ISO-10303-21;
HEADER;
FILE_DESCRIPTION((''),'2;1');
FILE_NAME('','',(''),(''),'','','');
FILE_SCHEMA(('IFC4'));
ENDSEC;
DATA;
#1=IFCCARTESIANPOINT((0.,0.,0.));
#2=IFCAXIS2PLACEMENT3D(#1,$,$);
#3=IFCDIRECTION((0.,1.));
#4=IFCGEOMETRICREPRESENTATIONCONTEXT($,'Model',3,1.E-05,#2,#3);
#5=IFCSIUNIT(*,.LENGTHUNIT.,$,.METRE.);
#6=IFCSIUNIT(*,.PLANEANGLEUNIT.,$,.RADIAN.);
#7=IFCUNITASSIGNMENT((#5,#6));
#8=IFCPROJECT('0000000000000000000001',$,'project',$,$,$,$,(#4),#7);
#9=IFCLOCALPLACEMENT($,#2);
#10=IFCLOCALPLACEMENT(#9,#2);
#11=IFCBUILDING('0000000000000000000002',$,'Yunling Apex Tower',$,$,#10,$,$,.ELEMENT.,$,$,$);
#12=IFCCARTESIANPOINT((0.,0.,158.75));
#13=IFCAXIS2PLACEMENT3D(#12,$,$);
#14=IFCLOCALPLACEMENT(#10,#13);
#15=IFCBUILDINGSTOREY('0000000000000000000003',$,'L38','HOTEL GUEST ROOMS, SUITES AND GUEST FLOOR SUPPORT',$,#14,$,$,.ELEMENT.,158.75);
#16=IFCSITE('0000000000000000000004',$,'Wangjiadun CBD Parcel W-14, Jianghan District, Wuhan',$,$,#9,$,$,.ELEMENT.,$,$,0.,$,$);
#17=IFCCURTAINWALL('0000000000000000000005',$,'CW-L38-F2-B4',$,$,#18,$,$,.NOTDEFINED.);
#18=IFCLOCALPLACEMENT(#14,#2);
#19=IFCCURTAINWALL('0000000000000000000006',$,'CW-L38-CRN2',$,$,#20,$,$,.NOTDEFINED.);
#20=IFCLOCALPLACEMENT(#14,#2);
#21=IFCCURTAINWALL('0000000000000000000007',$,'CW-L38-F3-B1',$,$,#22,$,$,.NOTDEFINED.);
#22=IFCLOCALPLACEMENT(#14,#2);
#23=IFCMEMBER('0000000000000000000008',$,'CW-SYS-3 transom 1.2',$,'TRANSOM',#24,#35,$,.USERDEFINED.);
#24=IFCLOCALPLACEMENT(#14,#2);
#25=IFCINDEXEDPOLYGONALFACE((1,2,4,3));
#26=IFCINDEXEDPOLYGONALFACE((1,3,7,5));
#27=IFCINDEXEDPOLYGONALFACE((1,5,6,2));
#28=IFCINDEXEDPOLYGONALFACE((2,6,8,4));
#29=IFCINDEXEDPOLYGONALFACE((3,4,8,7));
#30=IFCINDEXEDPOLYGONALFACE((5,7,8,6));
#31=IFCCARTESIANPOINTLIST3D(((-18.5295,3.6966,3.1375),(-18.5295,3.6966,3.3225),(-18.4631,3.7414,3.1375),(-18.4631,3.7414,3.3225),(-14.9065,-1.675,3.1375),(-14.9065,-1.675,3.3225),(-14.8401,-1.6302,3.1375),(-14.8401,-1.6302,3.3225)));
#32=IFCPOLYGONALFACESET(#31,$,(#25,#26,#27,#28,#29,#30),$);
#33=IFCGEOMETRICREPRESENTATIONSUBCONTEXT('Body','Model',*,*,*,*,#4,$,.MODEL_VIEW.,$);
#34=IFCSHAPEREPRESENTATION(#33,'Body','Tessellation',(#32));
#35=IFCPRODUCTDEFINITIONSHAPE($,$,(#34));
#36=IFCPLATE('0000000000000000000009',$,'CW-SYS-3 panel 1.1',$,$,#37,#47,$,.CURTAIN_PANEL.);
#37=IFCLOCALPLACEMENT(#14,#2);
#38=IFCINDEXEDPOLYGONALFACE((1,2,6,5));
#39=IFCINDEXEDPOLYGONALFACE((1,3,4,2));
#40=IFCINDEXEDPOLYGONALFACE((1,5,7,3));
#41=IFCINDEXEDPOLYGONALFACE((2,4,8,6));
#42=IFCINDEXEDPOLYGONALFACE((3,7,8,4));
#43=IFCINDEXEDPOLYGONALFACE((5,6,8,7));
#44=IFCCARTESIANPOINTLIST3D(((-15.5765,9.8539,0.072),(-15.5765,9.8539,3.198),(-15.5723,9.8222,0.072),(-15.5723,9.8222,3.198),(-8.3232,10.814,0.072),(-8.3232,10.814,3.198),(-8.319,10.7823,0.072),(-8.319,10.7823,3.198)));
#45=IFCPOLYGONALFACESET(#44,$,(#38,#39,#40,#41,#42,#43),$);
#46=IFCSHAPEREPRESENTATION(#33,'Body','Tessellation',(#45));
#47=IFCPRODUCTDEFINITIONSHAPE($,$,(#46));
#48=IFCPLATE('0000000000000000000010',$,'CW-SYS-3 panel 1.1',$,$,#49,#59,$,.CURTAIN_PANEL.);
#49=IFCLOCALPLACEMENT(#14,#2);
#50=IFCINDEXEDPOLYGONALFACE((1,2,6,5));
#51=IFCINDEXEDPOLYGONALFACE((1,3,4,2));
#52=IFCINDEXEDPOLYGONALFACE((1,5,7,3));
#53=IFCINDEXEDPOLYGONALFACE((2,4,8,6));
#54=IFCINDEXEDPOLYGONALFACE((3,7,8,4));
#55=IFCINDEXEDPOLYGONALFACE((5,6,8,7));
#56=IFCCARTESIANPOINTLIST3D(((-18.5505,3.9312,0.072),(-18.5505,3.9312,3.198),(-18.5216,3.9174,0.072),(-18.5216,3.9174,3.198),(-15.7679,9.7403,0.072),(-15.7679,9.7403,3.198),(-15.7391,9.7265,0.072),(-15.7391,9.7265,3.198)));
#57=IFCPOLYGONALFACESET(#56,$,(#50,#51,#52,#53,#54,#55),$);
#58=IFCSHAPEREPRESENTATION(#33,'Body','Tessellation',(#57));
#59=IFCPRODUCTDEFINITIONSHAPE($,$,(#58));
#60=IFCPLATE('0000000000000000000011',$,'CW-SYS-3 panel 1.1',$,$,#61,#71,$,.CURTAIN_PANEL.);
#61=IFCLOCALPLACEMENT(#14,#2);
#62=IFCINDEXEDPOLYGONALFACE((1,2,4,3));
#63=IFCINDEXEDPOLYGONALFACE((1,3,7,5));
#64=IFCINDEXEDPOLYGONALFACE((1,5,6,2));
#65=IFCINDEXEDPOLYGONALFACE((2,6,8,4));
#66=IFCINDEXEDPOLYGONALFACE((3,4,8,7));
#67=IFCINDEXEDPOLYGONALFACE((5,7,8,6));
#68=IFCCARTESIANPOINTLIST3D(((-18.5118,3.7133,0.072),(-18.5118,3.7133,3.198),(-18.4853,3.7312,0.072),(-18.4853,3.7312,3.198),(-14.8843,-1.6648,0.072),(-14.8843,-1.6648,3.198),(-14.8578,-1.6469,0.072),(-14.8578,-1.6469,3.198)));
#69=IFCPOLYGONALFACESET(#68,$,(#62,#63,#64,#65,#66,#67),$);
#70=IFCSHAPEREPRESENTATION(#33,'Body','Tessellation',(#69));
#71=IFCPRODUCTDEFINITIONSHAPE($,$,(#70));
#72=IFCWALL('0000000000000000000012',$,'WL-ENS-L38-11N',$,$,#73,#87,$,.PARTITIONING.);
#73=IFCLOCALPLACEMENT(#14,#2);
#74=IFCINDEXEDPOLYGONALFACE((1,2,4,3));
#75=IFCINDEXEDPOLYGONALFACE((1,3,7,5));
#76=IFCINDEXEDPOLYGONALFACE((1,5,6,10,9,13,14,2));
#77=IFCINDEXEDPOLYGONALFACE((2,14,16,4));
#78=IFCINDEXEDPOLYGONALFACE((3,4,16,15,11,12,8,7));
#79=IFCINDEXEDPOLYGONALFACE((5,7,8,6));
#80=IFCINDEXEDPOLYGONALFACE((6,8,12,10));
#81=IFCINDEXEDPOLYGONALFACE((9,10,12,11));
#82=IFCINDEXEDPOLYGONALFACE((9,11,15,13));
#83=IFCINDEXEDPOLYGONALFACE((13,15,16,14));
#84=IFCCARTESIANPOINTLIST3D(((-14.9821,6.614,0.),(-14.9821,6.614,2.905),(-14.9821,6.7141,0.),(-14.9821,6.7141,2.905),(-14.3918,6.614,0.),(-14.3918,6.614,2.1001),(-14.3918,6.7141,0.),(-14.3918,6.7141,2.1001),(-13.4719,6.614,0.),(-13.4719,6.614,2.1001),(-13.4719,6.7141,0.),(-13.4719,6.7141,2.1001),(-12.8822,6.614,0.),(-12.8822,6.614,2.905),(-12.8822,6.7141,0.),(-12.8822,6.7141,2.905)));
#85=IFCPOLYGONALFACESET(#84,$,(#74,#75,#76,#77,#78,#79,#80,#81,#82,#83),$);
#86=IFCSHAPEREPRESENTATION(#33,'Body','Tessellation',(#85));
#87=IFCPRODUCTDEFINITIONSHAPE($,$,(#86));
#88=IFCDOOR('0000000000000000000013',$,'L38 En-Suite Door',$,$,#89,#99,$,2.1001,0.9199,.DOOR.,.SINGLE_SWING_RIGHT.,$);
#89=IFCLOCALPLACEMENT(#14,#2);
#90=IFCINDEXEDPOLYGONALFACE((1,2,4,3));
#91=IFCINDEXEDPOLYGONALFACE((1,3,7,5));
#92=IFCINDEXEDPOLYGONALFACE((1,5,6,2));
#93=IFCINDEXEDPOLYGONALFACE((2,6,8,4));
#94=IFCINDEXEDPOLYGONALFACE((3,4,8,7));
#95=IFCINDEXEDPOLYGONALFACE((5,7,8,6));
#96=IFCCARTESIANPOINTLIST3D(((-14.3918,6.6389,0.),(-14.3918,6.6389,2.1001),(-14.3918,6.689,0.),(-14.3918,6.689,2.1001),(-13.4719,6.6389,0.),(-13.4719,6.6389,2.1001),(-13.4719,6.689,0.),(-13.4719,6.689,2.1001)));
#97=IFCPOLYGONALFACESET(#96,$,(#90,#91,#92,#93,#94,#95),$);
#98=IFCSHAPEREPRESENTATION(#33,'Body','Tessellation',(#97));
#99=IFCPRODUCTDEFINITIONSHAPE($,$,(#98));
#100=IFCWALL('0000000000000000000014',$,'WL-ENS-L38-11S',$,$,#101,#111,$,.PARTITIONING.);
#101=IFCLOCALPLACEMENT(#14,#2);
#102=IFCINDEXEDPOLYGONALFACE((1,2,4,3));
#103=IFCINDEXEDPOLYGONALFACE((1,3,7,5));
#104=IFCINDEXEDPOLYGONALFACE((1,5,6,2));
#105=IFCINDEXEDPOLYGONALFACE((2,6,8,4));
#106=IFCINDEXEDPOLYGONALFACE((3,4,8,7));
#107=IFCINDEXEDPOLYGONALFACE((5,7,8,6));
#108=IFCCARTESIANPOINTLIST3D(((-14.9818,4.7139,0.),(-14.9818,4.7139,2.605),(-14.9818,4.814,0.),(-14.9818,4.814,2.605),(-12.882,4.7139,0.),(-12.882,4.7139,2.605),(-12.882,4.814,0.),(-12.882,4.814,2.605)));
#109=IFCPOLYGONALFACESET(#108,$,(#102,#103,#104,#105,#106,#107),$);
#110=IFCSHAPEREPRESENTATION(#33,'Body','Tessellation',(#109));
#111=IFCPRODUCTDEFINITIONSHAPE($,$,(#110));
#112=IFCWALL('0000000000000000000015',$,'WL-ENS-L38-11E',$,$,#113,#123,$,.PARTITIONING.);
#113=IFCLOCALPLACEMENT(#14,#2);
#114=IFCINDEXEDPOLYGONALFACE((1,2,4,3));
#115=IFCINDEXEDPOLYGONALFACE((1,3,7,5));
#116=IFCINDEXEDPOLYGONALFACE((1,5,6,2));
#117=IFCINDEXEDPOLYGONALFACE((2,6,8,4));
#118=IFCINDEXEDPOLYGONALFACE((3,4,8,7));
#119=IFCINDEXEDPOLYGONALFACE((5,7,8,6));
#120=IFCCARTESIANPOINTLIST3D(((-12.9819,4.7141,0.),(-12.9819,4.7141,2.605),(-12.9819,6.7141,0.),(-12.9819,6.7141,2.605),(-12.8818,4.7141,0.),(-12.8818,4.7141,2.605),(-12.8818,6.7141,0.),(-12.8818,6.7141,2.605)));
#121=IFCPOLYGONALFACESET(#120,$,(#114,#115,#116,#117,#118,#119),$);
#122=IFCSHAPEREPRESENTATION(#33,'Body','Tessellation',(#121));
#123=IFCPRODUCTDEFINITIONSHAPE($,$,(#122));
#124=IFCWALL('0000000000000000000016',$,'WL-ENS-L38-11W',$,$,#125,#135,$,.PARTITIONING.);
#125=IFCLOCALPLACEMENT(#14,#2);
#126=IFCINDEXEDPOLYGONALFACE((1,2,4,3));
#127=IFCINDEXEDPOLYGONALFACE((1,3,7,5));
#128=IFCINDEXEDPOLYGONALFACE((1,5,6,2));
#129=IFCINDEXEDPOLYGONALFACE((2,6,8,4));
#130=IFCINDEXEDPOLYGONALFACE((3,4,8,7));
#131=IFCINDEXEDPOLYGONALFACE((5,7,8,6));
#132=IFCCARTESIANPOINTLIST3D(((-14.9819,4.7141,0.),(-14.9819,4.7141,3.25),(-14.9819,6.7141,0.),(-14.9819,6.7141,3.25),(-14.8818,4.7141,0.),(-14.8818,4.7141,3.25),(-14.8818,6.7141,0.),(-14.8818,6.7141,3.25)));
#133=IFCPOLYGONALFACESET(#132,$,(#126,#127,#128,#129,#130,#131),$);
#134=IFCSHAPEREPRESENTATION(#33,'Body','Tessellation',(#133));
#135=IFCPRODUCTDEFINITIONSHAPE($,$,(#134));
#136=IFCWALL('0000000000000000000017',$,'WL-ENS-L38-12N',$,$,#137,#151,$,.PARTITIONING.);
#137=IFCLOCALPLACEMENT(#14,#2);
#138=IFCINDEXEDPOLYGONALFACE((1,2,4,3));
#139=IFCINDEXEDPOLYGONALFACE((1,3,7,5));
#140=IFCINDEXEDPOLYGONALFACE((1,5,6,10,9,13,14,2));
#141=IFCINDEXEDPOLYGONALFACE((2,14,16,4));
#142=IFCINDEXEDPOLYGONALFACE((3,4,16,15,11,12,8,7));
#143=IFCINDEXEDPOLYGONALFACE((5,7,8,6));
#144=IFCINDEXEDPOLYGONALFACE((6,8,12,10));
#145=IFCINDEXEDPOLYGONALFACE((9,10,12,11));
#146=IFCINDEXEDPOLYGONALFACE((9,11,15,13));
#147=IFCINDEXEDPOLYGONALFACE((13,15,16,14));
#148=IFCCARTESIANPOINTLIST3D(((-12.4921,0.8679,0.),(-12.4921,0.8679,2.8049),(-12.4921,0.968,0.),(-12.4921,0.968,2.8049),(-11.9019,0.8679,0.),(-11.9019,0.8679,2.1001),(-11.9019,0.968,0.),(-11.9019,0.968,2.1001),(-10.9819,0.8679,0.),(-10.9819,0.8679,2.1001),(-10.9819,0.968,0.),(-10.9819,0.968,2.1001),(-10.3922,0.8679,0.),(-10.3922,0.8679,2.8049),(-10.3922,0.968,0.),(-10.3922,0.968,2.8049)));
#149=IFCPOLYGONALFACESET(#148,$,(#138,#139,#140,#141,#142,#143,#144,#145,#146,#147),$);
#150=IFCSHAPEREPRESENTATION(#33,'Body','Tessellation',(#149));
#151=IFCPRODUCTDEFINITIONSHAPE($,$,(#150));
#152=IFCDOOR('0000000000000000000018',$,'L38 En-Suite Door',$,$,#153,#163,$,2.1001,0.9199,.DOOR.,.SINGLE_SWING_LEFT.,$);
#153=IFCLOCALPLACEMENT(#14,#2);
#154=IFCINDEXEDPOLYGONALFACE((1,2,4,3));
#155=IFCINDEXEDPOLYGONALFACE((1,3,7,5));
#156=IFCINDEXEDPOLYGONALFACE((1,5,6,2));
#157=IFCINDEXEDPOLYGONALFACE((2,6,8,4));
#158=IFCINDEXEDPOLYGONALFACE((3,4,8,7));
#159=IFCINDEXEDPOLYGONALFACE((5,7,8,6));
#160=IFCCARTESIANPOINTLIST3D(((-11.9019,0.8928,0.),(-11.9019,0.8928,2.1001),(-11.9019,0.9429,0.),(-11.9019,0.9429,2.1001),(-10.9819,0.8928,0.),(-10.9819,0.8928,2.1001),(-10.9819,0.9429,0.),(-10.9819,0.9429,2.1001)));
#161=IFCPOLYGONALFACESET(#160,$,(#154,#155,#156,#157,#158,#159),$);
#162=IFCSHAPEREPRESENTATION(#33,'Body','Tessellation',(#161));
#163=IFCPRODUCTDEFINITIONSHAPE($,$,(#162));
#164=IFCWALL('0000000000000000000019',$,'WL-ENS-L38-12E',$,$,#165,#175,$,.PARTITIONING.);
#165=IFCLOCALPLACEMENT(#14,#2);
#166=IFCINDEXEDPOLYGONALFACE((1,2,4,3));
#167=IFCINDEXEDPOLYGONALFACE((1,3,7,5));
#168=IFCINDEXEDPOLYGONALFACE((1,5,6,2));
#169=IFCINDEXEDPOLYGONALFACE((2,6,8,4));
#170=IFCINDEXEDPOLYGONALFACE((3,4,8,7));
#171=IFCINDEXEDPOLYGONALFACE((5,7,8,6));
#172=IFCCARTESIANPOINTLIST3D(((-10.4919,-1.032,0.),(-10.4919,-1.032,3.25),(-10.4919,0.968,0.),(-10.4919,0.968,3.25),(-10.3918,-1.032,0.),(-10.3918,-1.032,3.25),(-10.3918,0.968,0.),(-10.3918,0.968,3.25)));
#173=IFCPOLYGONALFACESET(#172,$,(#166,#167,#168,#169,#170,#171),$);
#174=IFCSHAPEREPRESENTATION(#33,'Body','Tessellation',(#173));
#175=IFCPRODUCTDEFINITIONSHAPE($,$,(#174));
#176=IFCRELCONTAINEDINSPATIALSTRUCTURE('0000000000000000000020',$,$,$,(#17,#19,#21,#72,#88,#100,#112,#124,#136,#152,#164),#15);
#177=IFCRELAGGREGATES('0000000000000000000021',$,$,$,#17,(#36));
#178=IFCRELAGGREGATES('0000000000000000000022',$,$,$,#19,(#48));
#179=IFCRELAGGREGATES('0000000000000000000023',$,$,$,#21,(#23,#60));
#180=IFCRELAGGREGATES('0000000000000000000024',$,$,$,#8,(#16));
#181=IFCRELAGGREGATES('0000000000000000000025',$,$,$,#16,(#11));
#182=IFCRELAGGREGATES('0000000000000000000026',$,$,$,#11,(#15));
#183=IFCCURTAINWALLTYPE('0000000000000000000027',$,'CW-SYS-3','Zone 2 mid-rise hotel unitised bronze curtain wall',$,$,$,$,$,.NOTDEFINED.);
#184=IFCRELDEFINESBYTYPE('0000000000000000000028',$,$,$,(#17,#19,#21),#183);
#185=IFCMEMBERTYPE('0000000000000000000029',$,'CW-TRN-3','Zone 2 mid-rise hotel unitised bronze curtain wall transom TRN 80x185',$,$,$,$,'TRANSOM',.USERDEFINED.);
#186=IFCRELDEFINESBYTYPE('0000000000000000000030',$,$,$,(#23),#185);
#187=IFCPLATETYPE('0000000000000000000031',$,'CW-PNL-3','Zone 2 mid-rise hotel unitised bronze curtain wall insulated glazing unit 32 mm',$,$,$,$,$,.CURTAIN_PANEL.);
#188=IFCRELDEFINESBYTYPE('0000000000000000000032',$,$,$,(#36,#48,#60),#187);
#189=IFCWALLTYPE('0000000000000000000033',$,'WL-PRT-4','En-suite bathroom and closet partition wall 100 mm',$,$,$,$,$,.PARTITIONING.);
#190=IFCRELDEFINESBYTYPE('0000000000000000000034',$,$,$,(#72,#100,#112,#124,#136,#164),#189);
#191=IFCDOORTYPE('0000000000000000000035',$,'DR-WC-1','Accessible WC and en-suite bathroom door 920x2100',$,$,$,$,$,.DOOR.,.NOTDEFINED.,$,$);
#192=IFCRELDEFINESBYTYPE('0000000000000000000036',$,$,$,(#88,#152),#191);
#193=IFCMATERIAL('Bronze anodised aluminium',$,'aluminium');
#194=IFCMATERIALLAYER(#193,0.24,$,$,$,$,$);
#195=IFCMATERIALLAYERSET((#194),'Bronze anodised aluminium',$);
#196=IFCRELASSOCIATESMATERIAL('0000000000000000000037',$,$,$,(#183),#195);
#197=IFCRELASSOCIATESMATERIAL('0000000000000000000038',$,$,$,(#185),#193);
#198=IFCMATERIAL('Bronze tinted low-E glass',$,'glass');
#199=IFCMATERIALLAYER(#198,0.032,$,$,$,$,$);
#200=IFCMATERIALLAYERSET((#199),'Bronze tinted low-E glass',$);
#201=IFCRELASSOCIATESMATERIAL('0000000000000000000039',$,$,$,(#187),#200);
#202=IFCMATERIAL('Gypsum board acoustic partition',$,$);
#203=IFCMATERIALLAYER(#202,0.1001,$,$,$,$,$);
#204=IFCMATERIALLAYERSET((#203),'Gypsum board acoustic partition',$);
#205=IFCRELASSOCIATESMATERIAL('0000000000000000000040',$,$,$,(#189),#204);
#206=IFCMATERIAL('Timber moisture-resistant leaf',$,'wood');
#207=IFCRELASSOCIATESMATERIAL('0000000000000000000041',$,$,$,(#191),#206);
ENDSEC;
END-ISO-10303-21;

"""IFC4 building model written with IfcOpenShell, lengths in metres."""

from ifc_helpers import new_model, si_unit, direction, frame, frame_2d, origin, origin_2d, place, context, subcontext, project, spatial, rectangle, extrude, source, transform, mapped, material, layer, layer_set, material_profile, profile_set, type_object, element, fill, aggregate, save


model = new_model("IFC4")

# Units and contexts
model_context = context("Model", 3, precision=1e-05, world=origin(), true_north=direction((0.0, 1.0)))
body_context = subcontext(model_context, "Body", "Model", "MODEL_VIEW")
ifc_project = project(units=[si_unit("LENGTHUNIT", "METRE"), si_unit("PLANEANGLEUNIT", "RADIAN")], contexts=[model_context])

# Site, building, storey
site_placement = place(None, origin())
site = spatial("IfcSite", under=ifc_project, at=site_placement, Name="Wangjiadun CBD Parcel W-14, Jianghan District, Wuhan", CompositionType="ELEMENT", RefElevation=0.0)
building_placement = place(site_placement, origin())
building = spatial("IfcBuilding", under=site, at=building_placement, Name="Yunling Apex Tower", CompositionType="ELEMENT")
storey_placement = place(building_placement, frame((0.0, 0.0, 158.75)))
storey = spatial("IfcBuildingStorey", under=building, at=storey_placement, Name="L38", Description="HOTEL GUEST ROOMS, SUITES AND GUEST FLOOR SUPPORT", CompositionType="ELEMENT", Elevation=158.75)

# Curtain walls
ifc_material_1 = material(Name="Bronze anodised aluminium", Category="aluminium")
ifc_layer_1 = layer(ifc_material_1, 0.24)
ifc_layer_set_1 = layer_set([ifc_layer_1], Name="Bronze anodised aluminium")
curtain_wall_type = type_object("IfcCurtainWallType", Name="CW-SYS-3", Description="Zone 2 mid-rise hotel unitised bronze curtain wall", PredefinedType="NOTDEFINED", material=ifc_layer_set_1)
curtain_wall_1_placement = place(storey_placement, origin())
curtain_wall_1 = element("IfcCurtainWall", 1, at=curtain_wall_1_placement, inside=storey, type_object=curtain_wall_type, Name="CW-L38-F2-B4", PredefinedType="NOTDEFINED")
curtain_wall_2_placement = place(storey_placement, origin())
curtain_wall_2 = element("IfcCurtainWall", 2, at=curtain_wall_2_placement, inside=storey, type_object=curtain_wall_type, Name="CW-L38-CRN2", PredefinedType="NOTDEFINED")

# Curtain wall
curtain_wall_3_placement = place(storey_placement, origin())
curtain_wall_3 = element("IfcCurtainWall", 3, at=curtain_wall_3_placement, inside=storey, type_object=curtain_wall_type, Name="CW-L38-F3-B1", PredefinedType="NOTDEFINED")

# Member
ifc_material_profile_1 = material_profile(ifc_material_1, rectangle(XDim=0.0801, YDim=0.1851, at=origin_2d()))
ifc_profile_set_1 = profile_set([ifc_material_profile_1], Name="Bronze anodised aluminium")
member_type_1 = type_object("IfcMemberType", Name="CW-TRN-3", Description="Zone 2 mid-rise hotel unitised bronze curtain wall transom TRN 80x185", ElementType="TRANSOM", PredefinedType="USERDEFINED", material=ifc_profile_set_1)
shared_shape_1 = source(origin(), body_context, "Body", "SweptSolid", [
    extrude(rectangle(XDim=0.0801, YDim=0.1851, at=origin_2d()), origin(), (0.0, 0.0, 1.0), 6.4792),
])
member_1_placement = place(storey_placement, frame((-18.4963, 3.719, 3.23), z_axis=(0.559179, -0.829047, 0.0), x_axis=(0.829047, 0.559179, 0.0)))
member_1 = element("IfcMember", 4, at=member_1_placement, type_object=member_type_1, Name="CW-SYS-3 transom 1.2", ObjectType="TRANSOM", PredefinedType="USERDEFINED", context=body_context, shape_type="MappedRepresentation", body=[
    mapped(shared_shape_1, transform((0.0, 0.0, 0.0), scale=1.0)),
])

# Plates
ifc_material_2 = material(Name="Bronze tinted low-E glass", Category="glass")
ifc_layer_2 = layer(ifc_material_2, 0.032)
ifc_layer_set_2 = layer_set([ifc_layer_2], Name="Bronze tinted low-E glass")
plate_type = type_object("IfcPlateType", Name="CW-PNL-3", Description="Zone 2 mid-rise hotel unitised bronze curtain wall insulated glazing unit 32 mm", PredefinedType="CURTAIN_PANEL", material=ifc_layer_set_2)
shared_shape_2 = source(origin(), body_context, "Body", "SweptSolid", [
    extrude(rectangle(XDim=7.3167, YDim=0.032, at=origin_2d()), origin(), (0.0, 0.0, 1.0), 3.126),
])
plate_1_placement = place(storey_placement, frame((-11.9478, 10.3181, 0.072), z_axis=(0.0, 0.0, 1.0), x_axis=(-0.991353, -0.131222, 0.0)))
plate_1 = element("IfcPlate", 5, at=plate_1_placement, type_object=plate_type, Name="CW-SYS-3 panel 1.1", PredefinedType="CURTAIN_PANEL", context=body_context, shape_type="MappedRepresentation", body=[
    mapped(shared_shape_2, transform((0.0, 0.0, 0.0), scale=1.0)),
])
aggregate(curtain_wall_1, [plate_1])
shared_shape_3 = source(origin(), body_context, "Body", "SweptSolid", [
    extrude(rectangle(XDim=6.4412, YDim=0.032, at=origin_2d()), origin(), (0.0, 0.0, 1.0), 3.126),
])
plate_2_placement = place(storey_placement, frame((-17.1448, 6.8289, 0.072), z_axis=(0.0, 0.0, 1.0), x_axis=(-0.431994, -0.901877, 0.0)))
plate_2 = element("IfcPlate", 6, at=plate_2_placement, type_object=plate_type, Name="CW-SYS-3 panel 1.1", PredefinedType="CURTAIN_PANEL", context=body_context, shape_type="MappedRepresentation", body=[
    mapped(shared_shape_3, transform((0.0, 0.0, 0.0), scale=1.0)),
])
aggregate(curtain_wall_2, [plate_2])
shared_shape_4 = source(origin(), body_context, "Body", "SweptSolid", [
    extrude(rectangle(XDim=6.4871, YDim=0.032, at=origin_2d()), origin(), (0.0, 0.0, 1.0), 3.126),
])
plate_3_placement = place(storey_placement, frame((-16.6848, 1.0332, 0.072), z_axis=(0.0, 0.0, 1.0), x_axis=(0.559181, -0.829045, 0.0)))
plate_3 = element("IfcPlate", 7, at=plate_3_placement, type_object=plate_type, Name="CW-SYS-3 panel 1.1", PredefinedType="CURTAIN_PANEL", context=body_context, shape_type="MappedRepresentation", body=[
    mapped(shared_shape_4, transform((0.0, 0.0, 0.0), scale=1.0)),
])
aggregate(curtain_wall_3, [member_1, plate_3])

# Wall, opening, door
ifc_material_3 = material(Name="Gypsum board acoustic partition")
ifc_layer_3 = layer(ifc_material_3, 0.1001)
ifc_layer_set_3 = layer_set([ifc_layer_3], Name="Gypsum board acoustic partition")
wall_type = type_object("IfcWallType", Name="WL-PRT-4", Description="En-suite bathroom and closet partition wall 100 mm", PredefinedType="PARTITIONING", material=ifc_layer_set_3)
wall_1_placement = place(storey_placement, frame((-14.9819, 6.6641, 0.0), z_axis=(0.0, 0.0, 1.0), x_axis=(1.0, 0.0, 0.0)))
wall_1 = element("IfcWall", 8, at=wall_1_placement, inside=storey, type_object=wall_type, Name="WL-ENS-L38-11N", PredefinedType="PARTITIONING", context=body_context, shape_type="SweptSolid", body=[
    extrude(rectangle(XDim=2.0999, YDim=0.1001, at=frame_2d((1.0498, 0.0))), origin(), (0.0, 0.0, 1.0), 2.905),
])
opening_1_placement = place(wall_1_placement, frame((0.5901, 0.0, 0.0)))
opening_1 = element("IfcOpeningElement", 9, at=opening_1_placement, cuts=wall_1, PredefinedType="OPENING", context=body_context, shape_type="SweptSolid", body=[
    extrude(rectangle(XDim=0.9199, YDim=2.1001, at=frame_2d((0.46, 1.05))), frame((0.0, 0.0601, 0.0), z_axis=(0.0, -1.0, 0.0), x_axis=(1.0, 0.0, 0.0)), (0.0, 0.0, 1.0), 0.1201),
])
ifc_material_4 = material(Name="Timber moisture-resistant leaf", Category="wood")
door_type = type_object("IfcDoorType", Name="DR-WC-1", Description="Accessible WC and en-suite bathroom door 920x2100", OperationType="NOTDEFINED", PredefinedType="DOOR", material=ifc_material_4)
door_1_placement = place(opening_1_placement, origin())
door_1 = element("IfcDoor", 10, at=door_1_placement, inside=storey, type_object=door_type, Name="L38 En-Suite Door", OperationType="SINGLE_SWING_RIGHT", OverallHeight=2.1001, OverallWidth=0.9199, PredefinedType="DOOR", context=body_context, shape_type="SweptSolid", body=[
    extrude(rectangle(XDim=0.9199, YDim=2.1001, at=frame_2d((0.46, 1.05))), frame((0.0, 0.0249, 0.0), z_axis=(0.0, -1.0, 0.0), x_axis=(1.0, 0.0, 0.0)), (0.0, 0.0, 1.0), 0.05),
])
fill(opening_1, door_1)

# Walls
wall_2_placement = place(storey_placement, frame((-12.8821, 4.7639, 0.0), z_axis=(0.0, 0.0, 1.0), x_axis=(-1.0, 0.0, 0.0)))
element("IfcWall", 11, at=wall_2_placement, inside=storey, type_object=wall_type, Name="WL-ENS-L38-11S", PredefinedType="PARTITIONING", context=body_context, shape_type="SweptSolid", body=[
    extrude(rectangle(XDim=2.0999, YDim=0.1001, at=frame_2d((1.0498, 0.0))), origin(), (0.0, 0.0, 1.0), 2.605),
])
wall_3_placement = place(storey_placement, frame((-12.9319, 6.7141, 0.0), z_axis=(0.0, 0.0, 1.0), x_axis=(0.0, -1.0, 0.0)))
element("IfcWall", 12, at=wall_3_placement, inside=storey, type_object=wall_type, Name="WL-ENS-L38-11E", PredefinedType="PARTITIONING", context=body_context, shape_type="SweptSolid", body=[
    extrude(rectangle(XDim=2.0, YDim=0.1001, at=frame_2d((1.0, 0.0))), origin(), (0.0, 0.0, 1.0), 2.605),
])
wall_4_placement = place(storey_placement, frame((-14.9319, 4.7141, 0.0), z_axis=(0.0, 0.0, 1.0), x_axis=(0.0, 1.0, 0.0)))
element("IfcWall", 13, at=wall_4_placement, inside=storey, type_object=wall_type, Name="WL-ENS-L38-11W", PredefinedType="PARTITIONING", context=body_context, shape_type="SweptSolid", body=[
    extrude(rectangle(XDim=2.0, YDim=0.1001, at=frame_2d((1.0, 0.0))), origin(), (0.0, 0.0, 1.0), 3.25),
])

# Wall, opening, door
wall_5_placement = place(storey_placement, frame((-12.4919, 0.918, 0.0), z_axis=(0.0, 0.0, 1.0), x_axis=(1.0, 0.0, 0.0)))
wall_5 = element("IfcWall", 14, at=wall_5_placement, inside=storey, type_object=wall_type, Name="WL-ENS-L38-12N", PredefinedType="PARTITIONING", context=body_context, shape_type="SweptSolid", body=[
    extrude(rectangle(XDim=2.0999, YDim=0.1001, at=frame_2d((1.0498, 0.0))), origin(), (0.0, 0.0, 1.0), 2.8049),
])
opening_2_placement = place(wall_5_placement, frame((0.5901, 0.0, 0.0)))
opening_2 = element("IfcOpeningElement", 15, at=opening_2_placement, cuts=wall_5, PredefinedType="OPENING", context=body_context, shape_type="SweptSolid", body=[
    extrude(rectangle(XDim=0.9199, YDim=2.1001, at=frame_2d((0.46, 1.05))), frame((0.0, 0.0601, 0.0), z_axis=(0.0, -1.0, 0.0), x_axis=(1.0, 0.0, 0.0)), (0.0, 0.0, 1.0), 0.1201),
])
door_2_placement = place(opening_2_placement, origin())
door_2 = element("IfcDoor", 16, at=door_2_placement, inside=storey, type_object=door_type, Name="L38 En-Suite Door", OperationType="SINGLE_SWING_LEFT", OverallHeight=2.1001, OverallWidth=0.9199, PredefinedType="DOOR", context=body_context, shape_type="SweptSolid", body=[
    extrude(rectangle(XDim=0.9199, YDim=2.1001, at=frame_2d((0.46, 1.05))), frame((0.0, 0.0249, 0.0), z_axis=(0.0, -1.0, 0.0), x_axis=(1.0, 0.0, 0.0)), (0.0, 0.0, 1.0), 0.05),
])
fill(opening_2, door_2)

# Wall
wall_6_placement = place(storey_placement, frame((-10.4419, 0.968, 0.0), z_axis=(0.0, 0.0, 1.0), x_axis=(0.0, -1.0, 0.0)))
element("IfcWall", 17, at=wall_6_placement, inside=storey, type_object=wall_type, Name="WL-ENS-L38-12E", PredefinedType="PARTITIONING", context=body_context, shape_type="SweptSolid", body=[
    extrude(rectangle(XDim=2.0, YDim=0.1001, at=frame_2d((1.0, 0.0))), origin(), (0.0, 0.0, 1.0), 3.25),
])

save(model, "model.ifc")
